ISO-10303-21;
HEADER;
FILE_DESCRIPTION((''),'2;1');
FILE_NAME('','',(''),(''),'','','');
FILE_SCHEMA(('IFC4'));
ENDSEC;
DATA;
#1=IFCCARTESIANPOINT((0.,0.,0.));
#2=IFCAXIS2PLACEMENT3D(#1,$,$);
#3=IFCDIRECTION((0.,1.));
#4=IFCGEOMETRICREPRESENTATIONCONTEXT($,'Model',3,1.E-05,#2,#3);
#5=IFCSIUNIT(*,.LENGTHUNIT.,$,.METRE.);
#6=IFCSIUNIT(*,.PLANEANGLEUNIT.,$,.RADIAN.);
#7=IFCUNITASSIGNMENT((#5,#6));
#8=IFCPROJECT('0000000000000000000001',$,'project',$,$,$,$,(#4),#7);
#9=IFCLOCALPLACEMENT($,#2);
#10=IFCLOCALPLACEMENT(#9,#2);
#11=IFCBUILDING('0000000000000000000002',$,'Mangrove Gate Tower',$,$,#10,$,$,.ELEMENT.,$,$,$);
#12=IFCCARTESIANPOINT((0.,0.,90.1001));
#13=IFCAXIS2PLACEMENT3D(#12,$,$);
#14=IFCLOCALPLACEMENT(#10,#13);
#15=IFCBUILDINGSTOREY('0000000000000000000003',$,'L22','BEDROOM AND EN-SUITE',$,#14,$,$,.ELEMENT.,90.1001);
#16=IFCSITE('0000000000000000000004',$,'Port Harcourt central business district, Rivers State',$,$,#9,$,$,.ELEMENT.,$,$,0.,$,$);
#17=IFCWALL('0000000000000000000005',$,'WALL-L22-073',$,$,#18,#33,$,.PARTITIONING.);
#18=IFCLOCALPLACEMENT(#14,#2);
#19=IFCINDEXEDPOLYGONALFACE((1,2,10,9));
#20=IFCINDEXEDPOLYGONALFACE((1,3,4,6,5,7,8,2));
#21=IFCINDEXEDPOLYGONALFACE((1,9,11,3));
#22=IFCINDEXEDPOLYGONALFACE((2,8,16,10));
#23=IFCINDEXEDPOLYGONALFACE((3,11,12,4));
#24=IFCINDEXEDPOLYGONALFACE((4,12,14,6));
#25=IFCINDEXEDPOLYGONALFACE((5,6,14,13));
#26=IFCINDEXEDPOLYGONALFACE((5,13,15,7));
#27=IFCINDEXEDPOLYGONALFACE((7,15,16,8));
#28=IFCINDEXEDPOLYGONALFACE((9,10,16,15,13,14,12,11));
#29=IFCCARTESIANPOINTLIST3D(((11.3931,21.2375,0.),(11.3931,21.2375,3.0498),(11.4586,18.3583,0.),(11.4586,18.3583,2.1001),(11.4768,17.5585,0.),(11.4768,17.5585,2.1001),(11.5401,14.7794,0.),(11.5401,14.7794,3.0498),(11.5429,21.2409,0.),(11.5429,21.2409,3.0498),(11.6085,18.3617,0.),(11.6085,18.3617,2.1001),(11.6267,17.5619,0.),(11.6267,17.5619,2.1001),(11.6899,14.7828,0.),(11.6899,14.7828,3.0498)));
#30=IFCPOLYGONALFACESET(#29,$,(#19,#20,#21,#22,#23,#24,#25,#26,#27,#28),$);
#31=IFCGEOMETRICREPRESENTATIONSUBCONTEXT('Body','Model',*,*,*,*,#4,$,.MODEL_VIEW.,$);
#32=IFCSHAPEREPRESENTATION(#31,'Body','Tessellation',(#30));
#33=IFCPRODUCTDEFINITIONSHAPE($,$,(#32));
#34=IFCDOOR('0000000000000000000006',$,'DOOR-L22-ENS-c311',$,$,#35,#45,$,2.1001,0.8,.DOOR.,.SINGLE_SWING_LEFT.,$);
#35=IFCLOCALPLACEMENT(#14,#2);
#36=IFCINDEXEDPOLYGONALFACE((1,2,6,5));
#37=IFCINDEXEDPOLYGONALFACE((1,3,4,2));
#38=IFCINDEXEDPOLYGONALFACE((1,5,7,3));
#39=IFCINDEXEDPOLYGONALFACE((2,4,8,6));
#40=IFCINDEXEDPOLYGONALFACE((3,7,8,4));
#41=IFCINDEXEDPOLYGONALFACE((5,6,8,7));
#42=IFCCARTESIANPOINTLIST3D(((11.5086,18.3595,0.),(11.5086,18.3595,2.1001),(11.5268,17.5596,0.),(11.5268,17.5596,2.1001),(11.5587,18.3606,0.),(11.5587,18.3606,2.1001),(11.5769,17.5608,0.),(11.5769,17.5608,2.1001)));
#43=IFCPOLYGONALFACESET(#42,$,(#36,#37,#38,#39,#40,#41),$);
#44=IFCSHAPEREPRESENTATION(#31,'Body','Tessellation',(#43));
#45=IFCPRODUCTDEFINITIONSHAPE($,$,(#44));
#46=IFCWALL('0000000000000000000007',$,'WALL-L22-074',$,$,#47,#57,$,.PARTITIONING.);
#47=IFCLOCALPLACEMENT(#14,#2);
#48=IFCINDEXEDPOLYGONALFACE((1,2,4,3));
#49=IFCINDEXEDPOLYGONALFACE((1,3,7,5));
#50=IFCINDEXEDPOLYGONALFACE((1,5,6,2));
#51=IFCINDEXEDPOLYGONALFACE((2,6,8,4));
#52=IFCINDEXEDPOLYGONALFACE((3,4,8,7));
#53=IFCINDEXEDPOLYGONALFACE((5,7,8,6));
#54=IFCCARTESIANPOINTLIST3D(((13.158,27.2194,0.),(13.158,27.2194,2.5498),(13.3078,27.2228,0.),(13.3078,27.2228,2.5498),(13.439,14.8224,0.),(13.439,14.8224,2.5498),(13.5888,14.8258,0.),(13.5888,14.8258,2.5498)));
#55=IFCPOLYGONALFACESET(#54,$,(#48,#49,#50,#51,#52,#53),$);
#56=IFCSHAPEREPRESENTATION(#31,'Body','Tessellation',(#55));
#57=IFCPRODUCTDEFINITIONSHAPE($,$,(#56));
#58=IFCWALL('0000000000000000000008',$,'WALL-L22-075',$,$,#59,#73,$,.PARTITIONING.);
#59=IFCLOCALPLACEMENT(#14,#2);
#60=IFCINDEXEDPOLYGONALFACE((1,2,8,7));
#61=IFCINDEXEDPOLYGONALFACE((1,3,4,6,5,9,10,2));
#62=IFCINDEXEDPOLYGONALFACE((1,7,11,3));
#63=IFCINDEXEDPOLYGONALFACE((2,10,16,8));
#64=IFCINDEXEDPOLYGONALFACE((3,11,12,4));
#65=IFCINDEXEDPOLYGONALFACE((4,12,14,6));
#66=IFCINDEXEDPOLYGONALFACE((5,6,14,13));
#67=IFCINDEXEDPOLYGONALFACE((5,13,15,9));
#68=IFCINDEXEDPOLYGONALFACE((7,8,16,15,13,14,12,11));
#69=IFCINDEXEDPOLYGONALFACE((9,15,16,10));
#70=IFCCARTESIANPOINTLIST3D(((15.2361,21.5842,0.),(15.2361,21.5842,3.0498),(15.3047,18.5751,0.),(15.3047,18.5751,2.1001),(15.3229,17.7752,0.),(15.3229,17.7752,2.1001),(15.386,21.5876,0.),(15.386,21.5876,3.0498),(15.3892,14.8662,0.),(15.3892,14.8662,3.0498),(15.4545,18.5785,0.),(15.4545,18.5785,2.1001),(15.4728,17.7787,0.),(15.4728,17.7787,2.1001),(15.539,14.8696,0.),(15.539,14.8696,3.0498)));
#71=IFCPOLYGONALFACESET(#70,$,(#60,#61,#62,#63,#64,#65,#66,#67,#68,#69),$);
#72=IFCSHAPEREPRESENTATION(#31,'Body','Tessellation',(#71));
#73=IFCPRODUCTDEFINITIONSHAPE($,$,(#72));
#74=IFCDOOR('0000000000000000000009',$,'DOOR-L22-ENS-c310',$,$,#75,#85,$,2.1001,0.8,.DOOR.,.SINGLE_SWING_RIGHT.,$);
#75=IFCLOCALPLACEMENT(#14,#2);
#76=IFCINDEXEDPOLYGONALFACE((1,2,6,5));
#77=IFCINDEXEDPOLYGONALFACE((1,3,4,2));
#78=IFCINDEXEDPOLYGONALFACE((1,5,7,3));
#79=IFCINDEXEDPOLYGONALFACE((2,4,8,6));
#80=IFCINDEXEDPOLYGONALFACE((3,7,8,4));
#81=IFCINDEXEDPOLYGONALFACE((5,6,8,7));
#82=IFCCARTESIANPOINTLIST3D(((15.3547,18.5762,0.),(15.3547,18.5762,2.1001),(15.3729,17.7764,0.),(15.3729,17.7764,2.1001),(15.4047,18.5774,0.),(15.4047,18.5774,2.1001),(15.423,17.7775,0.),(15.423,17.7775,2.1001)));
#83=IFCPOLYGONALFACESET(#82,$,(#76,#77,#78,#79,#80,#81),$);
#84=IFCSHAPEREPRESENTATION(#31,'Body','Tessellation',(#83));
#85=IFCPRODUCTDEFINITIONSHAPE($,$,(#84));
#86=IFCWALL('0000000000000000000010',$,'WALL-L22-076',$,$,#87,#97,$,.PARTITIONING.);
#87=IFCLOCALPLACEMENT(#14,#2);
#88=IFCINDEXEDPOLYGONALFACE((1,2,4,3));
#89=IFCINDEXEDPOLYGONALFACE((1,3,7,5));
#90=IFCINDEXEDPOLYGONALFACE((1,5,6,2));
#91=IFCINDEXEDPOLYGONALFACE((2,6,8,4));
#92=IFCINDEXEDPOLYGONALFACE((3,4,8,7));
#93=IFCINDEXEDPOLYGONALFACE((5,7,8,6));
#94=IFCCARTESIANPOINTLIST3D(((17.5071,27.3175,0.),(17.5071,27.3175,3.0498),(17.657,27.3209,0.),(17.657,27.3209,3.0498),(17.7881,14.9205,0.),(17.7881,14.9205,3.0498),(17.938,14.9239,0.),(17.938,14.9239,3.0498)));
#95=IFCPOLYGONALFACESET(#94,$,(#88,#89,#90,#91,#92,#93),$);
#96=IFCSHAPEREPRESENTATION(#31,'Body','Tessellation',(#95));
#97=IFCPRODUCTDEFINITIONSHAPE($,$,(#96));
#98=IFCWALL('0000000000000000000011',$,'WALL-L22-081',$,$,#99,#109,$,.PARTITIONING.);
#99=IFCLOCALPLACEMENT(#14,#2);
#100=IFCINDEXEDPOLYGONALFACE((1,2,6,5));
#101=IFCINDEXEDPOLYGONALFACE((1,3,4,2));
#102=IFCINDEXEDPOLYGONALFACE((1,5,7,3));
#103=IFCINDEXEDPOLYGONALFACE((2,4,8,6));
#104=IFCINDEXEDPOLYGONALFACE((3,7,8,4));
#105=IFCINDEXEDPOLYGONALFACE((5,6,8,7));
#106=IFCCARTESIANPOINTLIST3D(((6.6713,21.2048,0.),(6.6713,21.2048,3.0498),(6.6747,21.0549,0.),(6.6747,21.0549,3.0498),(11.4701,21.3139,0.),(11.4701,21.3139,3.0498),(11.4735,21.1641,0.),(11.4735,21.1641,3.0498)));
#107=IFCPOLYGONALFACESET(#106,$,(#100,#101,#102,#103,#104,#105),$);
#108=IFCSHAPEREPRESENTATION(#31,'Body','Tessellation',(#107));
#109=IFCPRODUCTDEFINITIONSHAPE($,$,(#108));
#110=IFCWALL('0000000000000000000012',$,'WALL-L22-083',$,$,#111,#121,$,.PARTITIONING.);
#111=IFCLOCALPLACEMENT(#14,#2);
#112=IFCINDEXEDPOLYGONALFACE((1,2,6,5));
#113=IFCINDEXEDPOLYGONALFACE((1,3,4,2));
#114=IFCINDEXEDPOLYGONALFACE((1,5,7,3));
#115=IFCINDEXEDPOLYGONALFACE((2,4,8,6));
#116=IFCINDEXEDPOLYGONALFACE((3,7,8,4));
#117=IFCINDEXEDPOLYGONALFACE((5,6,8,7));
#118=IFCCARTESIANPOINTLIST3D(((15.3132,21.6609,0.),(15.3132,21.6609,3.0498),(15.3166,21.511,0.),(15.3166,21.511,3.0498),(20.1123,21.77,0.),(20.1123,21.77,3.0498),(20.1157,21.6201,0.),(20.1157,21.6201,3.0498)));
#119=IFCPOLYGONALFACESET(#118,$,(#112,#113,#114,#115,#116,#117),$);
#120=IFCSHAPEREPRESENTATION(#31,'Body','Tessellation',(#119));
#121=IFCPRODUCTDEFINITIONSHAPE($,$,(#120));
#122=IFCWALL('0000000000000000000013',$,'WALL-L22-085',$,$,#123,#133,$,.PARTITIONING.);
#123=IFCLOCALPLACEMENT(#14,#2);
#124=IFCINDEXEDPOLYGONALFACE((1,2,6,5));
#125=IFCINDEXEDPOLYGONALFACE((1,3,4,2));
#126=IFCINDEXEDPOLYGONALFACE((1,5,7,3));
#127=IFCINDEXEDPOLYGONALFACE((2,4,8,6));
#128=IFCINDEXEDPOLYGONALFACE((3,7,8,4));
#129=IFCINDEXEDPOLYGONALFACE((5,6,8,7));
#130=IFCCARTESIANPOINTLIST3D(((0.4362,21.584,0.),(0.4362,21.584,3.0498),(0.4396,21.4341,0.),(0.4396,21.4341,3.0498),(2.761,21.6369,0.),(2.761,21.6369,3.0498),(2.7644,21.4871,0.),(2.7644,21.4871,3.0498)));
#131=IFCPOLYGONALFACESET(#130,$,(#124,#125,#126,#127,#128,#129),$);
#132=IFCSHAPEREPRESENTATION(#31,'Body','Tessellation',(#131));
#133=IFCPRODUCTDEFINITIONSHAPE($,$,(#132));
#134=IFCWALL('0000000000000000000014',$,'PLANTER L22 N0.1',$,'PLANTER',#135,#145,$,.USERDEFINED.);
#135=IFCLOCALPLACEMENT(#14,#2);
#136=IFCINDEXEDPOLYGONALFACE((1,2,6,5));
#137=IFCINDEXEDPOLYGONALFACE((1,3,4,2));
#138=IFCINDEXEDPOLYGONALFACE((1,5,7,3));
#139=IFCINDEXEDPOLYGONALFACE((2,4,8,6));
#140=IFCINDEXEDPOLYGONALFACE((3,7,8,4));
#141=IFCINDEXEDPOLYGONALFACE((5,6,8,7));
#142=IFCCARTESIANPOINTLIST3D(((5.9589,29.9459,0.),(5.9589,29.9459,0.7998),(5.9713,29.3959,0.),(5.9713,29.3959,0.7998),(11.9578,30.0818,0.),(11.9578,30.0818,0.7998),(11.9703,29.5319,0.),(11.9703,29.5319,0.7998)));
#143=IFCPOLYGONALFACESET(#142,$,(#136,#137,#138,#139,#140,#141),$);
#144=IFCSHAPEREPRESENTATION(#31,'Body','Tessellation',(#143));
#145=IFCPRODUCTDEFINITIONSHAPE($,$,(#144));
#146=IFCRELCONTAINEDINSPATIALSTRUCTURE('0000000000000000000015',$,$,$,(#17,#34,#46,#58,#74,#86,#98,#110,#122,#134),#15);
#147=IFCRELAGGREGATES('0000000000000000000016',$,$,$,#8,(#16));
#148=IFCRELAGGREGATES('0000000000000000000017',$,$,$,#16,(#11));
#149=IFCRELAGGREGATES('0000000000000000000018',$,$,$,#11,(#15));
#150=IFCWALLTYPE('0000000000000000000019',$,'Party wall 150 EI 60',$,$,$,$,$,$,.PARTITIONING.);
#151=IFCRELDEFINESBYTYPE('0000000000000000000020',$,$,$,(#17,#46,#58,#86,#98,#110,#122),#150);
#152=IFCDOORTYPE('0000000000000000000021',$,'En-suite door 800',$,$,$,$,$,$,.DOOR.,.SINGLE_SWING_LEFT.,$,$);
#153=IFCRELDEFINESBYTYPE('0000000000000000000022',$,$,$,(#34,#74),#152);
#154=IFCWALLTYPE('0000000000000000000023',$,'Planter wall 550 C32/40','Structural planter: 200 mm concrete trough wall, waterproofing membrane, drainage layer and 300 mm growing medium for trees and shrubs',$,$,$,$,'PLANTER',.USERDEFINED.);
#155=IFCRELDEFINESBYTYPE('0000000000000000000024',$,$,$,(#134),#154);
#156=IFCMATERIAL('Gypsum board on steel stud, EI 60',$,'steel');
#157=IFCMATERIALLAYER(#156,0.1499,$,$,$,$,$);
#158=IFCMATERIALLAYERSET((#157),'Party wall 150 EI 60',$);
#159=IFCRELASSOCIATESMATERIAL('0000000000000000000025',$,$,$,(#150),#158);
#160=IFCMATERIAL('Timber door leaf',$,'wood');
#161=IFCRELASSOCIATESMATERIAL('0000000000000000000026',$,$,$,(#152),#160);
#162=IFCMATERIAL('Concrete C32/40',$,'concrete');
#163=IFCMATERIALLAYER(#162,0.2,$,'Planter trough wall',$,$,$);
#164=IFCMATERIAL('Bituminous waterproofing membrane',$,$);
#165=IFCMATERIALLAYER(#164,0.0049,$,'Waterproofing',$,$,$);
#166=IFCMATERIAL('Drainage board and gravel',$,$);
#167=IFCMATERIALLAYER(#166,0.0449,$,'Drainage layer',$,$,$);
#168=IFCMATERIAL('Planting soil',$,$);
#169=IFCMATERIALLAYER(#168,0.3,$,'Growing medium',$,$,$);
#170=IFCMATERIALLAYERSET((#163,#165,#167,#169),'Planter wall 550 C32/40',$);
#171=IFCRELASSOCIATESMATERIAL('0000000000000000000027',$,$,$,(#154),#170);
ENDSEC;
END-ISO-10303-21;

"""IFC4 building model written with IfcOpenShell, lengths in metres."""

from ifc_helpers import new_model, si_unit, direction, frame, frame_2d, origin, place, context, subcontext, project, spatial, rectangle, extrude, material, layer, layer_set, type_object, element, fill, save


model = new_model("IFC4")

# Units and contexts
model_context = context("Model", 3, precision=1e-05, world=origin(), true_north=direction((0.0, 1.0)))
body_context = subcontext(model_context, "Body", "Model", "MODEL_VIEW")
ifc_project = project(units=[si_unit("LENGTHUNIT", "METRE"), si_unit("PLANEANGLEUNIT", "RADIAN")], contexts=[model_context])

# Site, building, storey
site_placement = place(None, origin())
site = spatial("IfcSite", under=ifc_project, at=site_placement, Name="Port Harcourt central business district, Rivers State", CompositionType="ELEMENT", RefElevation=0.0)
building_placement = place(site_placement, origin())
building = spatial("IfcBuilding", under=site, at=building_placement, Name="Mangrove Gate Tower", CompositionType="ELEMENT")
storey_placement = place(building_placement, frame((0.0, 0.0, 90.1001)))
storey = spatial("IfcBuildingStorey", under=building, at=storey_placement, Name="L22", Description="BEDROOM AND EN-SUITE", CompositionType="ELEMENT", Elevation=90.1001)

# Shared definitions
ifc_material_1 = material(Name="Gypsum board on steel stud, EI 60", Category="steel")
ifc_layer_1 = layer(ifc_material_1, 0.1499)
ifc_layer_set_1 = layer_set([ifc_layer_1], Name="Party wall 150 EI 60")
wall_type_1 = type_object("IfcWallType", Name="Party wall 150 EI 60", PredefinedType="PARTITIONING", material=ifc_layer_set_1)
ifc_material_2 = material(Name="Timber door leaf", Category="wood")
door_type = type_object("IfcDoorType", Name="En-suite door 800", OperationType="SINGLE_SWING_LEFT", PredefinedType="DOOR", material=ifc_material_2)

# Wall, opening, door
wall_1_placement = place(storey_placement, frame((11.615, 14.781, 0.0), z_axis=(0.0, 0.0, 1.0), x_axis=(-0.022752, 0.999741, 0.0)))
wall_1 = element("IfcWall", 1, at=wall_1_placement, inside=storey, type_object=wall_type_1, Name="WALL-L22-073", PredefinedType="PARTITIONING", context=body_context, shape_type="SweptSolid", body=[
    extrude(rectangle(XDim=6.4597, YDim=0.1499, at=frame_2d((3.23, 0.0))), origin(), (0.0, 0.0, 1.0), 3.0498),
])
opening_1_placement = place(wall_1_placement, frame((2.78, 0.0, 0.0)))
opening_1 = element("IfcOpeningElement", 2, at=opening_1_placement, cuts=wall_1, PredefinedType="OPENING", context=body_context, shape_type="SweptSolid", body=[
    extrude(rectangle(XDim=0.8, YDim=2.1001, at=frame_2d((0.3999, 1.05))), frame((0.0, 0.085, 0.0), z_axis=(0.0, -1.0, 0.0), x_axis=(1.0, 0.0, 0.0)), (0.0, 0.0, 1.0), 0.1699),
])
door_1_placement = place(opening_1_placement, origin())
door_1 = element("IfcDoor", 3, at=door_1_placement, inside=storey, type_object=door_type, Name="DOOR-L22-ENS-c311", OperationType="SINGLE_SWING_LEFT", OverallHeight=2.1001, OverallWidth=0.8, PredefinedType="DOOR", context=body_context, shape_type="SweptSolid", body=[
    extrude(rectangle(XDim=0.8, YDim=2.1001, at=frame_2d((0.3999, 1.05))), frame((0.0, 0.0249, 0.0), z_axis=(0.0, -1.0, 0.0), x_axis=(1.0, 0.0, 0.0)), (0.0, 0.0, 1.0), 0.05),
])
fill(opening_1, door_1)

# Wall
wall_2_placement = place(storey_placement, frame((13.5139, 14.824, 0.0), z_axis=(0.0, 0.0, 1.0), x_axis=(-0.022661, 0.999743, 0.0)))
element("IfcWall", 4, at=wall_2_placement, inside=storey, type_object=wall_type_1, Name="WALL-L22-074", PredefinedType="PARTITIONING", context=body_context, shape_type="SweptSolid", body=[
    extrude(rectangle(XDim=12.4001, YDim=0.1499, at=frame_2d((6.2002, 0.0))), origin(), (0.0, 0.0, 1.0), 2.5498),
])

# Wall, opening, door
wall_3_placement = place(storey_placement, frame((15.4641, 14.8679, 0.0), z_axis=(0.0, 0.0, 1.0), x_axis=(-0.02278, 0.999741, 0.0)))
wall_3 = element("IfcWall", 5, at=wall_3_placement, inside=storey, type_object=wall_type_1, Name="WALL-L22-075", PredefinedType="PARTITIONING", context=body_context, shape_type="SweptSolid", body=[
    extrude(rectangle(XDim=6.7197, YDim=0.1499, at=frame_2d((3.3599, 0.0))), origin(), (0.0, 0.0, 1.0), 3.0498),
])
opening_2_placement = place(wall_3_placement, frame((2.9099, 0.0, 0.0)))
opening_2 = element("IfcOpeningElement", 6, at=opening_2_placement, cuts=wall_3, PredefinedType="OPENING", context=body_context, shape_type="SweptSolid", body=[
    extrude(rectangle(XDim=0.8, YDim=2.1001, at=frame_2d((0.3999, 1.05))), frame((0.0, 0.085, 0.0), z_axis=(0.0, -1.0, 0.0), x_axis=(1.0, 0.0, 0.0)), (0.0, 0.0, 1.0), 0.1699),
])
door_2_placement = place(opening_2_placement, origin())
door_2 = element("IfcDoor", 7, at=door_2_placement, inside=storey, type_object=door_type, Name="DOOR-L22-ENS-c310", OperationType="SINGLE_SWING_RIGHT", OverallHeight=2.1001, OverallWidth=0.8, PredefinedType="DOOR", context=body_context, shape_type="SweptSolid", body=[
    extrude(rectangle(XDim=0.8, YDim=2.1001, at=frame_2d((0.3999, 1.05))), frame((0.0, 0.0249, 0.0), z_axis=(0.0, -1.0, 0.0), x_axis=(1.0, 0.0, 0.0)), (0.0, 0.0, 1.0), 0.05),
])
fill(opening_2, door_2)

# Walls
wall_4_placement = place(storey_placement, frame((17.863, 14.9221, 0.0), z_axis=(0.0, 0.0, 1.0), x_axis=(-0.022661, 0.999743, 0.0)))
element("IfcWall", 8, at=wall_4_placement, inside=storey, type_object=wall_type_1, Name="WALL-L22-076", PredefinedType="PARTITIONING", context=body_context, shape_type="SweptSolid", body=[
    extrude(rectangle(XDim=12.4001, YDim=0.1499, at=frame_2d((6.2002, 0.0))), origin(), (0.0, 0.0, 1.0), 3.0498),
])
wall_5_placement = place(storey_placement, frame((6.6731, 21.1299, 0.0), z_axis=(0.0, 0.0, 1.0), x_axis=(0.999742, 0.022735, 0.0)))
element("IfcWall", 9, at=wall_5_placement, inside=storey, type_object=wall_type_1, Name="WALL-L22-081", PredefinedType="PARTITIONING", context=body_context, shape_type="SweptSolid", body=[
    extrude(rectangle(XDim=4.8, YDim=0.1499, at=frame_2d((2.3999, 0.0))), origin(), (0.0, 0.0, 1.0), 3.0498),
])
wall_6_placement = place(storey_placement, frame((15.3149, 21.5859, 0.0), z_axis=(0.0, 0.0, 1.0), x_axis=(0.999742, 0.022734, 0.0)))
element("IfcWall", 10, at=wall_6_placement, inside=storey, type_object=wall_type_1, Name="WALL-L22-083", PredefinedType="PARTITIONING", context=body_context, shape_type="SweptSolid", body=[
    extrude(rectangle(XDim=4.8003, YDim=0.1499, at=frame_2d((2.4001, 0.0))), origin(), (0.0, 0.0, 1.0), 3.0498),
])
wall_7_placement = place(storey_placement, frame((0.438, 21.509, 0.0), z_axis=(0.0, 0.0, 1.0), x_axis=(0.99974, 0.022781, 0.0)))
element("IfcWall", 11, at=wall_7_placement, inside=storey, type_object=wall_type_1, Name="WALL-L22-085", PredefinedType="PARTITIONING", context=body_context, shape_type="SweptSolid", body=[
    extrude(rectangle(XDim=2.3254, YDim=0.1499, at=frame_2d((1.1626, 0.0))), origin(), (0.0, 0.0, 1.0), 3.0498),
])
ifc_material_3 = material(Name="Concrete C32/40", Category="concrete")
ifc_layer_2 = layer(ifc_material_3, 0.2, Name="Planter trough wall")
ifc_material_4 = material(Name="Bituminous waterproofing membrane")
ifc_layer_3 = layer(ifc_material_4, 0.0049, Name="Waterproofing")
ifc_material_5 = material(Name="Drainage board and gravel")
ifc_layer_4 = layer(ifc_material_5, 0.0449, Name="Drainage layer")
ifc_material_6 = material(Name="Planting soil")
ifc_layer_5 = layer(ifc_material_6, 0.3, Name="Growing medium")
ifc_layer_set_2 = layer_set([ifc_layer_2, ifc_layer_3, ifc_layer_4, ifc_layer_5], Name="Planter wall 550 C32/40")
wall_type_2 = type_object("IfcWallType", Name="Planter wall 550 C32/40", Description="Structural planter: 200 mm concrete trough wall, waterproofing membrane, drainage layer and 300 mm growing medium for trees and shrubs", ElementType="PLANTER", PredefinedType="USERDEFINED", material=ifc_layer_set_2)
wall_8_placement = place(storey_placement, frame((5.9651, 29.6709, 0.0), z_axis=(0.0, 0.0, 1.0), x_axis=(0.999743, 0.022662, 0.0)))
element("IfcWall", 12, at=wall_8_placement, inside=storey, type_object=wall_type_2, Name="PLANTER L22 N0.1", ObjectType="PLANTER", PredefinedType="USERDEFINED", context=body_context, shape_type="SweptSolid", body=[
    extrude(rectangle(XDim=6.0005, YDim=0.55, at=frame_2d((3.0002, 0.0))), origin(), (0.0, 0.0, 1.0), 0.7998),
])

save(model, "model.ifc")
